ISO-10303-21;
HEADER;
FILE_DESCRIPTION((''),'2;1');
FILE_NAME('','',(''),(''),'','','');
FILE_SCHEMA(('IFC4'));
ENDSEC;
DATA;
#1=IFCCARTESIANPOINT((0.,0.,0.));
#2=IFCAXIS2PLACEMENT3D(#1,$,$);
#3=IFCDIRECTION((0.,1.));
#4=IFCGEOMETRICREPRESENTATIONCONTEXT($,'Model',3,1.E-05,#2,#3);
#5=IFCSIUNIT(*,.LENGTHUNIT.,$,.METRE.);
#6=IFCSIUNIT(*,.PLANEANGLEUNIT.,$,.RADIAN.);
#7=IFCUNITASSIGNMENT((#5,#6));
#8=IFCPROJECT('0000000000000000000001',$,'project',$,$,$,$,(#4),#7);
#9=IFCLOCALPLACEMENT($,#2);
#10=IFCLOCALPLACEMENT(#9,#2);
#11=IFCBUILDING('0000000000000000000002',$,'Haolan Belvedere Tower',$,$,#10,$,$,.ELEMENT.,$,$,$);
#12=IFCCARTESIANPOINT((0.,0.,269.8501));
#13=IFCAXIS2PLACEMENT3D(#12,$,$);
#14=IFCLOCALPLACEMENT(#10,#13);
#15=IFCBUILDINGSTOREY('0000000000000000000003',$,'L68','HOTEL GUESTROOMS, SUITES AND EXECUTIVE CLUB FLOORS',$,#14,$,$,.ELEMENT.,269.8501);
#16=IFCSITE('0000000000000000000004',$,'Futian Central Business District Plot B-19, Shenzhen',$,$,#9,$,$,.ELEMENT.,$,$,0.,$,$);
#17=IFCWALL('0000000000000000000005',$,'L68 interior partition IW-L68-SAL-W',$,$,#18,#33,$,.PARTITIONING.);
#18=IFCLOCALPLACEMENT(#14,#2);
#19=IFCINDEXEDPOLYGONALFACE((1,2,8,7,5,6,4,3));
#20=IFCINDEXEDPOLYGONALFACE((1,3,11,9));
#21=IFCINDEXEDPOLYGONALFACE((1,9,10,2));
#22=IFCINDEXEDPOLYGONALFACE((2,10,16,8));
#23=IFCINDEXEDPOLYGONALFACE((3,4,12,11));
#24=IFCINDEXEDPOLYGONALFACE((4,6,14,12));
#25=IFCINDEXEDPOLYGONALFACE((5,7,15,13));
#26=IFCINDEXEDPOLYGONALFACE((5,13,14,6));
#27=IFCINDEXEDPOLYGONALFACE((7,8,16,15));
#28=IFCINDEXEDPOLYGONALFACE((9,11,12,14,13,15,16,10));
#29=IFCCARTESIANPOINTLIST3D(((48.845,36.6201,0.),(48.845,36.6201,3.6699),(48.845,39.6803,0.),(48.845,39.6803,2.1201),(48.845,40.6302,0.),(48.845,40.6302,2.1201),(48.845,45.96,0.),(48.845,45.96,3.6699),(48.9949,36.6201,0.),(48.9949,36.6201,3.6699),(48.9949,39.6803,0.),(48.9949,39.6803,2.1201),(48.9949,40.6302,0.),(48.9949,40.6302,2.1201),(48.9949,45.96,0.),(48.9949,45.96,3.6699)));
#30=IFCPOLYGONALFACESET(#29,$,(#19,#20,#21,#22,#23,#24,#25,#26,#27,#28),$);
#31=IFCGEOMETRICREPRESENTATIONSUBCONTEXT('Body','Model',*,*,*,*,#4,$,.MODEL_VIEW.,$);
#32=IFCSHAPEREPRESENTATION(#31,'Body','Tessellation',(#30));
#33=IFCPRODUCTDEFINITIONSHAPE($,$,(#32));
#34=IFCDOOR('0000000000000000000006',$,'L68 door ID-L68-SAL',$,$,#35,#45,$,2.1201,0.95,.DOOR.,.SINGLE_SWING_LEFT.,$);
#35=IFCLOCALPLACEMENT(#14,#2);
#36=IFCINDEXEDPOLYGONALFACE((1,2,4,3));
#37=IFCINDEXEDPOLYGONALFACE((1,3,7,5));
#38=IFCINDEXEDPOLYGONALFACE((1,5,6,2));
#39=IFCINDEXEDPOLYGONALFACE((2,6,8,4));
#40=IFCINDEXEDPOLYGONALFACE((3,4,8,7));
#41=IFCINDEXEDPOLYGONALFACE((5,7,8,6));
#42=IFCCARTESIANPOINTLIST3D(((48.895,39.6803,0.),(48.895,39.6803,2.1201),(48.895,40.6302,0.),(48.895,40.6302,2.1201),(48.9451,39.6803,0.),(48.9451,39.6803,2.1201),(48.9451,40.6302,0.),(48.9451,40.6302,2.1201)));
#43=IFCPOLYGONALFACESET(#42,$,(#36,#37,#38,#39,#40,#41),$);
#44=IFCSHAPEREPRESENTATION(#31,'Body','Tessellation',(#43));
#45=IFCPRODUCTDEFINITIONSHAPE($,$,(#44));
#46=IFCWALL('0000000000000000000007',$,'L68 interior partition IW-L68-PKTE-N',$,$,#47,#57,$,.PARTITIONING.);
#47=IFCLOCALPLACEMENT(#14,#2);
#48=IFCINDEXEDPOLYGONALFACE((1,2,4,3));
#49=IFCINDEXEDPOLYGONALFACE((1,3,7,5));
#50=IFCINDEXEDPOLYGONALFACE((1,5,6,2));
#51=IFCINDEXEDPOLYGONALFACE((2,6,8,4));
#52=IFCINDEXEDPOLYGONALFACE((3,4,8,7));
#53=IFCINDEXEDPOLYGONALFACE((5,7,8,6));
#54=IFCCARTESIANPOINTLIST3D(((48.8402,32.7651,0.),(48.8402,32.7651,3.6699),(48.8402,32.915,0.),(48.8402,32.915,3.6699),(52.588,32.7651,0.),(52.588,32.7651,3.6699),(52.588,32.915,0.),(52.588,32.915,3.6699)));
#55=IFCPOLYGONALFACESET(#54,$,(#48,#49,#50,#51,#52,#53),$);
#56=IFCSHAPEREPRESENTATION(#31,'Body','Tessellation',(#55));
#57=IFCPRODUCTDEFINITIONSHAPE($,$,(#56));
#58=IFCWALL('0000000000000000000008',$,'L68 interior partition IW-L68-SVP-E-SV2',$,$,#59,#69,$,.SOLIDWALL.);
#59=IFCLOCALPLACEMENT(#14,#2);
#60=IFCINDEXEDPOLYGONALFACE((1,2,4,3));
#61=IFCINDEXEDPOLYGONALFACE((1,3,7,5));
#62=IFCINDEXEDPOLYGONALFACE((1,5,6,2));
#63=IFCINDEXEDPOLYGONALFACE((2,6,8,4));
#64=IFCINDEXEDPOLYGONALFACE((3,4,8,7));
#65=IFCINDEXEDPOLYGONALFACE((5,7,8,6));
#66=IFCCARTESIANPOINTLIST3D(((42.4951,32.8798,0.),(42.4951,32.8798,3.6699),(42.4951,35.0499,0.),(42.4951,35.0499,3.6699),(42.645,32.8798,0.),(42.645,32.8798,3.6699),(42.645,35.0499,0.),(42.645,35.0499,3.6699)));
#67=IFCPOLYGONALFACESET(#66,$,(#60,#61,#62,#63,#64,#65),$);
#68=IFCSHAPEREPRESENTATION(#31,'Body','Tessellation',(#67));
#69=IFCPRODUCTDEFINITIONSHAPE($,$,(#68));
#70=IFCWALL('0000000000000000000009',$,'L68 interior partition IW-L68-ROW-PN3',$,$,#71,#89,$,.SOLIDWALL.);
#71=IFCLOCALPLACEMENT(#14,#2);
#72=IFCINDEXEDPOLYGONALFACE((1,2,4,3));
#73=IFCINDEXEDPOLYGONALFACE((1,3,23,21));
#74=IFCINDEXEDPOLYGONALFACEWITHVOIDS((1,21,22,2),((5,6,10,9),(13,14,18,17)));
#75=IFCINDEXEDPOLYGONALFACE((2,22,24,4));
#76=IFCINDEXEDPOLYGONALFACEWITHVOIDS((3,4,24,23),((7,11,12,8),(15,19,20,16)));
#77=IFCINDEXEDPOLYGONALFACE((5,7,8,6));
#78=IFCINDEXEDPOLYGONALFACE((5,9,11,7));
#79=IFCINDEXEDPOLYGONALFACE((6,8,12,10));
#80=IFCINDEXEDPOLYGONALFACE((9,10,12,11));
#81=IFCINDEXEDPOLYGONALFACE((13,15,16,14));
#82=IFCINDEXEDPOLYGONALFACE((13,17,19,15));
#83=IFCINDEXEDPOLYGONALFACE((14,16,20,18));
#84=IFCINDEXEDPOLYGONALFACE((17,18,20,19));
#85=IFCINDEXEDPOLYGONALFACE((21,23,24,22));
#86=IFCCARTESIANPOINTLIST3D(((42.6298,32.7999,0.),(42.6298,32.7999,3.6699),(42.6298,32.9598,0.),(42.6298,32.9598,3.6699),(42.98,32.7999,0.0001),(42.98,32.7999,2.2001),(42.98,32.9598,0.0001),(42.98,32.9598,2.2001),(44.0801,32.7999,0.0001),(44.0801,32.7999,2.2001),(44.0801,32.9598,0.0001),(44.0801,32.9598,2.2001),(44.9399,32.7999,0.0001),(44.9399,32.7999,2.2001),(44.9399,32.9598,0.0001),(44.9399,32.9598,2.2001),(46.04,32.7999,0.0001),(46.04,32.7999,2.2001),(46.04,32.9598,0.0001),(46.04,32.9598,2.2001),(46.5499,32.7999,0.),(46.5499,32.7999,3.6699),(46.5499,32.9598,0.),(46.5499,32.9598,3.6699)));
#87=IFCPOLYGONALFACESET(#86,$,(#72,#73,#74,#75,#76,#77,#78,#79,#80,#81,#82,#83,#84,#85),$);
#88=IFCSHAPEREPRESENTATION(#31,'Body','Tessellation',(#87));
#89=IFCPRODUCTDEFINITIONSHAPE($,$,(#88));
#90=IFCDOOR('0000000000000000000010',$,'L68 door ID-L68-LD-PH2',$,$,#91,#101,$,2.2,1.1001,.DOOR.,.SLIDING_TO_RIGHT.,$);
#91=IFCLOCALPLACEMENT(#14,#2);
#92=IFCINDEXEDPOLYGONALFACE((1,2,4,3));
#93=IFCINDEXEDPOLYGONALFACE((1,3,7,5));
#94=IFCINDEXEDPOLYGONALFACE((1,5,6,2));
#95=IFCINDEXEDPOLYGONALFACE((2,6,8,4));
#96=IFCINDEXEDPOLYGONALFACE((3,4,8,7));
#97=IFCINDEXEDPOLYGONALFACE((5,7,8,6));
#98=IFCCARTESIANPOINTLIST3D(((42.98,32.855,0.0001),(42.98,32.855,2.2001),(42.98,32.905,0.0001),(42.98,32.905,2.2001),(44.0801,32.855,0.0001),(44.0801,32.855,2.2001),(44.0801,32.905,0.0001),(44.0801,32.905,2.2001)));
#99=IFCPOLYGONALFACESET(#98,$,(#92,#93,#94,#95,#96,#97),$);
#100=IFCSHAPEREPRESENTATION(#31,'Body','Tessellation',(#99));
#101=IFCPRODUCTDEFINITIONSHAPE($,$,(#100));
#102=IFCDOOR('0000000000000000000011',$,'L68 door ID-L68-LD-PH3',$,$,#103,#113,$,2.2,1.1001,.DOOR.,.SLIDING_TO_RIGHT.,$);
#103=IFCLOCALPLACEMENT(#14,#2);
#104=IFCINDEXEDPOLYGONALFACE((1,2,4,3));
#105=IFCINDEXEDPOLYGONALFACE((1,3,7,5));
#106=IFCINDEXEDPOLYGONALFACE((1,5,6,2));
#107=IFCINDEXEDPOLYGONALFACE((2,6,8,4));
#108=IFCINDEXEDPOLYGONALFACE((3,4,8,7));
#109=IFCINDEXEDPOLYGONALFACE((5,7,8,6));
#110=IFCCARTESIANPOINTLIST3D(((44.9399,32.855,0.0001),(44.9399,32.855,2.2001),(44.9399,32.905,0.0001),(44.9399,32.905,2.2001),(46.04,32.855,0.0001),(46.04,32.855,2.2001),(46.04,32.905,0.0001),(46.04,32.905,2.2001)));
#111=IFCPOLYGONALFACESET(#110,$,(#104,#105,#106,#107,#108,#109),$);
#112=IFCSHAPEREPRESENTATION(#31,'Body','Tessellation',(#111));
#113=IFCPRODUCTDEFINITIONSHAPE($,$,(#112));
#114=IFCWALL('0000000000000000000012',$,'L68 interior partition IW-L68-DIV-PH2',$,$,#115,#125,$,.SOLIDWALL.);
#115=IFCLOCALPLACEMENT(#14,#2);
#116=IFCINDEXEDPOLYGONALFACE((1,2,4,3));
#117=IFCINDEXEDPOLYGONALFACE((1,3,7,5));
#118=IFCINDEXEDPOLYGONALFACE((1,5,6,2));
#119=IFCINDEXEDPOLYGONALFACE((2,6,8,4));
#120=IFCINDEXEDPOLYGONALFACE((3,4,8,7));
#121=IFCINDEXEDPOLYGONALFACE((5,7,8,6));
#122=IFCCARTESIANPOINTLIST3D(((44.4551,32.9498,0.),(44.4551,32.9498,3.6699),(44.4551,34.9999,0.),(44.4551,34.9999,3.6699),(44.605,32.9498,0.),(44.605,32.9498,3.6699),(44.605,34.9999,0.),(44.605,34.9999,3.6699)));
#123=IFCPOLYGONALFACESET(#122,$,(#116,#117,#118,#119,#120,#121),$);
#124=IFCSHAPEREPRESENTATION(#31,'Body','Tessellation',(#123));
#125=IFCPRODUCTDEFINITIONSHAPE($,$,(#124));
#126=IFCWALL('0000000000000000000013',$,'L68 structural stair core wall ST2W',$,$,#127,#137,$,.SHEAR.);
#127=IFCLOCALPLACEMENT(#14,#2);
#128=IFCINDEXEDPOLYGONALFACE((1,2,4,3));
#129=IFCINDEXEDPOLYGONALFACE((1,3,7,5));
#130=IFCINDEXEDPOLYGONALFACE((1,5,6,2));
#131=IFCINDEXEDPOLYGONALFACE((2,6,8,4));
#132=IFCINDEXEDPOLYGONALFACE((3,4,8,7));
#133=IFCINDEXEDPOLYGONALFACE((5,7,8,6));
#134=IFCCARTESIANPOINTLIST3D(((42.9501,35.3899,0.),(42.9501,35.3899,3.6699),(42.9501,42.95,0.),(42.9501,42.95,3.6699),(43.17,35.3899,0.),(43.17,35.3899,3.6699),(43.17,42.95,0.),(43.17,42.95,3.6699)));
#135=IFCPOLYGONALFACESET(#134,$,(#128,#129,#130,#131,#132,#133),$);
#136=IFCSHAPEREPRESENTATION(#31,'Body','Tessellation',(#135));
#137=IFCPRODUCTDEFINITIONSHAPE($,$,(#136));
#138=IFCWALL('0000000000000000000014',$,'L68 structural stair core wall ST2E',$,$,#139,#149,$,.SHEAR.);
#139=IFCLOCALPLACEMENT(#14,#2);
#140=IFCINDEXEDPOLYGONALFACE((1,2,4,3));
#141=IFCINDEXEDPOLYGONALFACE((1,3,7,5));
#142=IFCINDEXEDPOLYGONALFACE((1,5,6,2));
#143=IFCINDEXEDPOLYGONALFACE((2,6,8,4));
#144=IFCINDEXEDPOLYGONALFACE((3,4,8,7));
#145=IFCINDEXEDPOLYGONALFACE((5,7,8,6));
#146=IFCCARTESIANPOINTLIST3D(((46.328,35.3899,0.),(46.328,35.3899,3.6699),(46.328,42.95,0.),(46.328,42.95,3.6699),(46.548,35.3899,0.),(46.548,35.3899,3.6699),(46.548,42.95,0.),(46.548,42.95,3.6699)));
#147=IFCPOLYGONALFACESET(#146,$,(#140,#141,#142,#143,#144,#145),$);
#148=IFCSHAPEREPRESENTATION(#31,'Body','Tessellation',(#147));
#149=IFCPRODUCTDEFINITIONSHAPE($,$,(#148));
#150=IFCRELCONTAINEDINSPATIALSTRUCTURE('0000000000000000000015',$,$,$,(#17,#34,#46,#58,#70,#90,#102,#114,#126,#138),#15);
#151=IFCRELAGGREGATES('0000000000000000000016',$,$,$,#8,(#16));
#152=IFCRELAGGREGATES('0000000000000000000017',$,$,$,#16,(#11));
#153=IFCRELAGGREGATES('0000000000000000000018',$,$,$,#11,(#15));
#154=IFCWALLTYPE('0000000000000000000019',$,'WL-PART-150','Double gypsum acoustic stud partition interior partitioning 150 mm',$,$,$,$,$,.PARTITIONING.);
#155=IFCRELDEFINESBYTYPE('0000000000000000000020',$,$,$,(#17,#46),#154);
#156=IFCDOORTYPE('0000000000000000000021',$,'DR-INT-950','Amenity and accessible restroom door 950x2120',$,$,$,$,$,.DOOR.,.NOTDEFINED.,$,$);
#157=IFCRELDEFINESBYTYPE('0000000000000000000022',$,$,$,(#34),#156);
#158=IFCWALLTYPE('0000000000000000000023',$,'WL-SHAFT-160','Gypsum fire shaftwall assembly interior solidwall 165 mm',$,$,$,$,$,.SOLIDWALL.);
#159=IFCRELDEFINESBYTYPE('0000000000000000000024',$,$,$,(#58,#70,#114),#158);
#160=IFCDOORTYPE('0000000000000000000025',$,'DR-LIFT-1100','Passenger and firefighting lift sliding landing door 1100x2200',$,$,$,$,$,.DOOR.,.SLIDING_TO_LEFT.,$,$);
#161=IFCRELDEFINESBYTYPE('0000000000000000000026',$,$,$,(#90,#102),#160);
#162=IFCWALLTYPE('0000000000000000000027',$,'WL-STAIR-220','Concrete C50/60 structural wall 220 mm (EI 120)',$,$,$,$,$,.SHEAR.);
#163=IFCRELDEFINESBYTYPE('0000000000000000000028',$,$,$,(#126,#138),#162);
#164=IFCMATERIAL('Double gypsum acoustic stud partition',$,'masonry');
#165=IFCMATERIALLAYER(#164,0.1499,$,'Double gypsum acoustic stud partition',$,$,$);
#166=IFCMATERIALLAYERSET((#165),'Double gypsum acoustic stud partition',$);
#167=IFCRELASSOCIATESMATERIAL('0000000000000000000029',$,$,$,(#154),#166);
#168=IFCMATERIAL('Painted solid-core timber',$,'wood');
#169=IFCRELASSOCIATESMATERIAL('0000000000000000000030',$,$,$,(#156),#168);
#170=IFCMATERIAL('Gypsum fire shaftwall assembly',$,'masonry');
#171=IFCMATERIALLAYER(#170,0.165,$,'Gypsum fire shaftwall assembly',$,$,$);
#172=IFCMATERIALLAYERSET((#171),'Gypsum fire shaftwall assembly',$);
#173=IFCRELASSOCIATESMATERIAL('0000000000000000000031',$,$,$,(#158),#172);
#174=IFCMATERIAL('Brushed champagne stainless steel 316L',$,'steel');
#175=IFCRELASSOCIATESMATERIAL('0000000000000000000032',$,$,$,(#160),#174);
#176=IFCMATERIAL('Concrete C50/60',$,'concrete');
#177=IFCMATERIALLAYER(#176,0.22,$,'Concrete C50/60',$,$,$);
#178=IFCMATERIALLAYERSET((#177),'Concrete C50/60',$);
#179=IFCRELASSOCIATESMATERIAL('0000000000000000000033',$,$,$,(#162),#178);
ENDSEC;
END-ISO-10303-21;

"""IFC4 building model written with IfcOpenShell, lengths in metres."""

from ifc_helpers import new_model, si_unit, direction, frame, frame_2d, origin, place, context, subcontext, project, spatial, rectangle, extrude, material, layer, layer_set, type_object, element, fill, save


model = new_model("IFC4")

# Units and contexts
model_context = context("Model", 3, precision=1e-05, world=origin(), true_north=direction((0.0, 1.0)))
body_context = subcontext(model_context, "Body", "Model", "MODEL_VIEW")
ifc_project = project(units=[si_unit("LENGTHUNIT", "METRE"), si_unit("PLANEANGLEUNIT", "RADIAN")], contexts=[model_context])

# Site, building, storey
site_placement = place(None, origin())
site = spatial("IfcSite", under=ifc_project, at=site_placement, Name="Futian Central Business District Plot B-19, Shenzhen", CompositionType="ELEMENT", RefElevation=0.0)
building_placement = place(site_placement, origin())
building = spatial("IfcBuilding", under=site, at=building_placement, Name="Haolan Belvedere Tower", CompositionType="ELEMENT")
storey_placement = place(building_placement, frame((0.0, 0.0, 269.8501)))
storey = spatial("IfcBuildingStorey", under=building, at=storey_placement, Name="L68", Description="HOTEL GUESTROOMS, SUITES AND EXECUTIVE CLUB FLOORS", CompositionType="ELEMENT", Elevation=269.8501)

# Shared definitions
ifc_material_1 = material(Name="Double gypsum acoustic stud partition", Category="masonry")
ifc_layer_1 = layer(ifc_material_1, 0.1499, Name="Double gypsum acoustic stud partition")
ifc_layer_set_1 = layer_set([ifc_layer_1], Name="Double gypsum acoustic stud partition")
wall_type_1 = type_object("IfcWallType", Name="WL-PART-150", Description="Double gypsum acoustic stud partition interior partitioning 150 mm", PredefinedType="PARTITIONING", material=ifc_layer_set_1)

# Shared definitions
ifc_material_2 = material(Name="Painted solid-core timber", Category="wood")
door_type_1 = type_object("IfcDoorType", Name="DR-INT-950", Description="Amenity and accessible restroom door 950x2120", OperationType="NOTDEFINED", PredefinedType="DOOR", material=ifc_material_2)

# Wall, opening, door
wall_1_placement = place(storey_placement, frame((48.9199, 36.6201, 0.0), z_axis=(0.0, 0.0, 1.0), x_axis=(0.0, 1.0, 0.0)))
wall_1 = element("IfcWall", 1, at=wall_1_placement, inside=storey, type_object=wall_type_1, Name="L68 interior partition IW-L68-SAL-W", PredefinedType="PARTITIONING", context=body_context, shape_type="SweptSolid", body=[
    extrude(rectangle(XDim=9.3398, YDim=0.1499, at=frame_2d((4.6699, 0.0))), origin(), (0.0, 0.0, 1.0), 3.6699),
])
opening_1_placement = place(wall_1_placement, frame((3.0601, 0.0, 0.0)))
opening_1 = element("IfcOpeningElement", 2, at=opening_1_placement, cuts=wall_1, PredefinedType="OPENING", context=body_context, shape_type="SweptSolid", body=[
    extrude(rectangle(XDim=0.95, YDim=2.1201, at=frame_2d((0.4751, 1.0601))), frame((0.0, 0.085, 0.0), z_axis=(0.0, -1.0, 0.0), x_axis=(1.0, 0.0, 0.0)), (0.0, 0.0, 1.0), 0.1699),
])
door_1_placement = place(opening_1_placement, origin())
door_1 = element("IfcDoor", 3, at=door_1_placement, inside=storey, type_object=door_type_1, Name="L68 door ID-L68-SAL", OperationType="SINGLE_SWING_LEFT", OverallHeight=2.1201, OverallWidth=0.95, PredefinedType="DOOR", context=body_context, shape_type="SweptSolid", body=[
    extrude(rectangle(XDim=0.95, YDim=2.1201, at=frame_2d((0.4751, 1.0601))), frame((0.0, 0.0249, 0.0), z_axis=(0.0, -1.0, 0.0), x_axis=(1.0, 0.0, 0.0)), (0.0, 0.0, 1.0), 0.05),
])
fill(opening_1, door_1)

# Walls
wall_2_placement = place(storey_placement, frame((48.8401, 32.8401, 0.0), z_axis=(0.0, 0.0, 1.0), x_axis=(1.0, 0.0, 0.0)))
element("IfcWall", 4, at=wall_2_placement, inside=storey, type_object=wall_type_1, Name="L68 interior partition IW-L68-PKTE-N", PredefinedType="PARTITIONING", context=body_context, shape_type="SweptSolid", body=[
    extrude(rectangle(XDim=3.7478, YDim=0.1499, at=frame_2d((1.874, 0.0))), origin(), (0.0, 0.0, 1.0), 3.6699),
])
ifc_material_3 = material(Name="Gypsum fire shaftwall assembly", Category="masonry")
ifc_layer_2 = layer(ifc_material_3, 0.165, Name="Gypsum fire shaftwall assembly")
ifc_layer_set_2 = layer_set([ifc_layer_2], Name="Gypsum fire shaftwall assembly")
wall_type_2 = type_object("IfcWallType", Name="WL-SHAFT-160", Description="Gypsum fire shaftwall assembly interior solidwall 165 mm", PredefinedType="SOLIDWALL", material=ifc_layer_set_2)
wall_3_placement = place(storey_placement, frame((42.5701, 32.8799, 0.0), z_axis=(0.0, 0.0, 1.0), x_axis=(0.0, 1.0, 0.0)))
element("IfcWall", 5, at=wall_3_placement, inside=storey, type_object=wall_type_2, Name="L68 interior partition IW-L68-SVP-E-SV2", PredefinedType="SOLIDWALL", context=body_context, shape_type="SweptSolid", body=[
    extrude(rectangle(XDim=2.1702, YDim=0.1499, at=frame_2d((1.085, 0.0))), origin(), (0.0, 0.0, 1.0), 3.6699),
])

# Wall, openings, doors
wall_4_placement = place(storey_placement, frame((42.6299, 32.8799, 0.0), z_axis=(0.0, 0.0, 1.0), x_axis=(1.0, 0.0, 0.0)))
wall_4 = element("IfcWall", 6, at=wall_4_placement, inside=storey, type_object=wall_type_2, Name="L68 interior partition IW-L68-ROW-PN3", PredefinedType="SOLIDWALL", context=body_context, shape_type="SweptSolid", body=[
    extrude(rectangle(XDim=3.9202, YDim=0.1599, at=frame_2d((1.96, 0.0))), origin(), (0.0, 0.0, 1.0), 3.6699),
])
opening_2_placement = place(wall_4_placement, frame((1.4502, 0.0, 0.0), z_axis=(0.0, 0.0, 1.0), x_axis=(-1.0, 0.0, 0.0)))
opening_2 = element("IfcOpeningElement", 7, at=opening_2_placement, cuts=wall_4, PredefinedType="OPENING", context=body_context, shape_type="SweptSolid", body=[
    extrude(rectangle(XDim=1.1001, YDim=2.2, at=frame_2d((0.55, 1.1001))), frame((0.0, 0.0898, 0.0), z_axis=(0.0, -1.0, 0.0), x_axis=(1.0, 0.0, 0.0)), (0.0, 0.0, 1.0), 0.1799),
])
opening_3_placement = place(wall_4_placement, frame((3.4102, 0.0, 0.0), z_axis=(0.0, 0.0, 1.0), x_axis=(-1.0, 0.0, 0.0)))
opening_3 = element("IfcOpeningElement", 8, at=opening_3_placement, cuts=wall_4, PredefinedType="OPENING", context=body_context, shape_type="SweptSolid", body=[
    extrude(rectangle(XDim=1.1001, YDim=2.2, at=frame_2d((0.55, 1.1001))), frame((0.0, 0.0898, 0.0), z_axis=(0.0, -1.0, 0.0), x_axis=(1.0, 0.0, 0.0)), (0.0, 0.0, 1.0), 0.1799),
])
ifc_material_4 = material(Name="Brushed champagne stainless steel 316L", Category="steel")
door_type_2 = type_object("IfcDoorType", Name="DR-LIFT-1100", Description="Passenger and firefighting lift sliding landing door 1100x2200", OperationType="SLIDING_TO_LEFT", PredefinedType="DOOR", material=ifc_material_4)
door_2_placement = place(opening_2_placement, origin())
door_2 = element("IfcDoor", 9, at=door_2_placement, inside=storey, type_object=door_type_2, Name="L68 door ID-L68-LD-PH2", OperationType="SLIDING_TO_RIGHT", OverallHeight=2.2, OverallWidth=1.1001, PredefinedType="DOOR", context=body_context, shape_type="SweptSolid", body=[
    extrude(rectangle(XDim=1.1001, YDim=2.2, at=frame_2d((0.55, 1.1001))), frame((0.0, 0.0249, 0.0), z_axis=(0.0, -1.0, 0.0), x_axis=(1.0, 0.0, 0.0)), (0.0, 0.0, 1.0), 0.05),
])
fill(opening_2, door_2)
door_3_placement = place(opening_3_placement, origin())
door_3 = element("IfcDoor", 10, at=door_3_placement, inside=storey, type_object=door_type_2, Name="L68 door ID-L68-LD-PH3", OperationType="SLIDING_TO_RIGHT", OverallHeight=2.2, OverallWidth=1.1001, PredefinedType="DOOR", context=body_context, shape_type="SweptSolid", body=[
    extrude(rectangle(XDim=1.1001, YDim=2.2, at=frame_2d((0.55, 1.1001))), frame((0.0, 0.0249, 0.0), z_axis=(0.0, -1.0, 0.0), x_axis=(1.0, 0.0, 0.0)), (0.0, 0.0, 1.0), 0.05),
])
fill(opening_3, door_3)

# Walls
wall_5_placement = place(storey_placement, frame((44.53, 32.95, 0.0), z_axis=(0.0, 0.0, 1.0), x_axis=(0.0, 1.0, 0.0)))
element("IfcWall", 11, at=wall_5_placement, inside=storey, type_object=wall_type_2, Name="L68 interior partition IW-L68-DIV-PH2", PredefinedType="SOLIDWALL", context=body_context, shape_type="SweptSolid", body=[
    extrude(rectangle(XDim=2.05, YDim=0.1499, at=frame_2d((1.0249, 0.0))), origin(), (0.0, 0.0, 1.0), 3.6699),
])
ifc_material_5 = material(Name="Concrete C50/60", Category="concrete")
ifc_layer_3 = layer(ifc_material_5, 0.22, Name="Concrete C50/60")
ifc_layer_set_3 = layer_set([ifc_layer_3], Name="Concrete C50/60")
wall_type_3 = type_object("IfcWallType", Name="WL-STAIR-220", Description="Concrete C50/60 structural wall 220 mm (EI 120)", PredefinedType="SHEAR", material=ifc_layer_set_3)
for number, where, z_axis, x_axis, name in (
    (12, (43.0601, 35.3899, 0.0), (0.0, 0.0, 1.0), (0.0, 1.0, 0.0), "L68 structural stair core wall ST2W"),
    (13, (46.438, 35.3899, 0.0), (0.0, 0.0, 1.0), (0.0, 1.0, 0.0), "L68 structural stair core wall ST2E"),
):
    element("IfcWall", number, at=place(storey_placement, frame(where, z_axis=z_axis, x_axis=x_axis)), inside=storey, type_object=wall_type_3, Name=name, PredefinedType="SHEAR", context=body_context, shape_type="SweptSolid", body=[
        extrude(rectangle(XDim=7.5601, YDim=0.22, at=frame_2d((3.78, 0.0))), origin(), (0.0, 0.0, 1.0), 3.6699),
    ])

save(model, "model.ifc")
